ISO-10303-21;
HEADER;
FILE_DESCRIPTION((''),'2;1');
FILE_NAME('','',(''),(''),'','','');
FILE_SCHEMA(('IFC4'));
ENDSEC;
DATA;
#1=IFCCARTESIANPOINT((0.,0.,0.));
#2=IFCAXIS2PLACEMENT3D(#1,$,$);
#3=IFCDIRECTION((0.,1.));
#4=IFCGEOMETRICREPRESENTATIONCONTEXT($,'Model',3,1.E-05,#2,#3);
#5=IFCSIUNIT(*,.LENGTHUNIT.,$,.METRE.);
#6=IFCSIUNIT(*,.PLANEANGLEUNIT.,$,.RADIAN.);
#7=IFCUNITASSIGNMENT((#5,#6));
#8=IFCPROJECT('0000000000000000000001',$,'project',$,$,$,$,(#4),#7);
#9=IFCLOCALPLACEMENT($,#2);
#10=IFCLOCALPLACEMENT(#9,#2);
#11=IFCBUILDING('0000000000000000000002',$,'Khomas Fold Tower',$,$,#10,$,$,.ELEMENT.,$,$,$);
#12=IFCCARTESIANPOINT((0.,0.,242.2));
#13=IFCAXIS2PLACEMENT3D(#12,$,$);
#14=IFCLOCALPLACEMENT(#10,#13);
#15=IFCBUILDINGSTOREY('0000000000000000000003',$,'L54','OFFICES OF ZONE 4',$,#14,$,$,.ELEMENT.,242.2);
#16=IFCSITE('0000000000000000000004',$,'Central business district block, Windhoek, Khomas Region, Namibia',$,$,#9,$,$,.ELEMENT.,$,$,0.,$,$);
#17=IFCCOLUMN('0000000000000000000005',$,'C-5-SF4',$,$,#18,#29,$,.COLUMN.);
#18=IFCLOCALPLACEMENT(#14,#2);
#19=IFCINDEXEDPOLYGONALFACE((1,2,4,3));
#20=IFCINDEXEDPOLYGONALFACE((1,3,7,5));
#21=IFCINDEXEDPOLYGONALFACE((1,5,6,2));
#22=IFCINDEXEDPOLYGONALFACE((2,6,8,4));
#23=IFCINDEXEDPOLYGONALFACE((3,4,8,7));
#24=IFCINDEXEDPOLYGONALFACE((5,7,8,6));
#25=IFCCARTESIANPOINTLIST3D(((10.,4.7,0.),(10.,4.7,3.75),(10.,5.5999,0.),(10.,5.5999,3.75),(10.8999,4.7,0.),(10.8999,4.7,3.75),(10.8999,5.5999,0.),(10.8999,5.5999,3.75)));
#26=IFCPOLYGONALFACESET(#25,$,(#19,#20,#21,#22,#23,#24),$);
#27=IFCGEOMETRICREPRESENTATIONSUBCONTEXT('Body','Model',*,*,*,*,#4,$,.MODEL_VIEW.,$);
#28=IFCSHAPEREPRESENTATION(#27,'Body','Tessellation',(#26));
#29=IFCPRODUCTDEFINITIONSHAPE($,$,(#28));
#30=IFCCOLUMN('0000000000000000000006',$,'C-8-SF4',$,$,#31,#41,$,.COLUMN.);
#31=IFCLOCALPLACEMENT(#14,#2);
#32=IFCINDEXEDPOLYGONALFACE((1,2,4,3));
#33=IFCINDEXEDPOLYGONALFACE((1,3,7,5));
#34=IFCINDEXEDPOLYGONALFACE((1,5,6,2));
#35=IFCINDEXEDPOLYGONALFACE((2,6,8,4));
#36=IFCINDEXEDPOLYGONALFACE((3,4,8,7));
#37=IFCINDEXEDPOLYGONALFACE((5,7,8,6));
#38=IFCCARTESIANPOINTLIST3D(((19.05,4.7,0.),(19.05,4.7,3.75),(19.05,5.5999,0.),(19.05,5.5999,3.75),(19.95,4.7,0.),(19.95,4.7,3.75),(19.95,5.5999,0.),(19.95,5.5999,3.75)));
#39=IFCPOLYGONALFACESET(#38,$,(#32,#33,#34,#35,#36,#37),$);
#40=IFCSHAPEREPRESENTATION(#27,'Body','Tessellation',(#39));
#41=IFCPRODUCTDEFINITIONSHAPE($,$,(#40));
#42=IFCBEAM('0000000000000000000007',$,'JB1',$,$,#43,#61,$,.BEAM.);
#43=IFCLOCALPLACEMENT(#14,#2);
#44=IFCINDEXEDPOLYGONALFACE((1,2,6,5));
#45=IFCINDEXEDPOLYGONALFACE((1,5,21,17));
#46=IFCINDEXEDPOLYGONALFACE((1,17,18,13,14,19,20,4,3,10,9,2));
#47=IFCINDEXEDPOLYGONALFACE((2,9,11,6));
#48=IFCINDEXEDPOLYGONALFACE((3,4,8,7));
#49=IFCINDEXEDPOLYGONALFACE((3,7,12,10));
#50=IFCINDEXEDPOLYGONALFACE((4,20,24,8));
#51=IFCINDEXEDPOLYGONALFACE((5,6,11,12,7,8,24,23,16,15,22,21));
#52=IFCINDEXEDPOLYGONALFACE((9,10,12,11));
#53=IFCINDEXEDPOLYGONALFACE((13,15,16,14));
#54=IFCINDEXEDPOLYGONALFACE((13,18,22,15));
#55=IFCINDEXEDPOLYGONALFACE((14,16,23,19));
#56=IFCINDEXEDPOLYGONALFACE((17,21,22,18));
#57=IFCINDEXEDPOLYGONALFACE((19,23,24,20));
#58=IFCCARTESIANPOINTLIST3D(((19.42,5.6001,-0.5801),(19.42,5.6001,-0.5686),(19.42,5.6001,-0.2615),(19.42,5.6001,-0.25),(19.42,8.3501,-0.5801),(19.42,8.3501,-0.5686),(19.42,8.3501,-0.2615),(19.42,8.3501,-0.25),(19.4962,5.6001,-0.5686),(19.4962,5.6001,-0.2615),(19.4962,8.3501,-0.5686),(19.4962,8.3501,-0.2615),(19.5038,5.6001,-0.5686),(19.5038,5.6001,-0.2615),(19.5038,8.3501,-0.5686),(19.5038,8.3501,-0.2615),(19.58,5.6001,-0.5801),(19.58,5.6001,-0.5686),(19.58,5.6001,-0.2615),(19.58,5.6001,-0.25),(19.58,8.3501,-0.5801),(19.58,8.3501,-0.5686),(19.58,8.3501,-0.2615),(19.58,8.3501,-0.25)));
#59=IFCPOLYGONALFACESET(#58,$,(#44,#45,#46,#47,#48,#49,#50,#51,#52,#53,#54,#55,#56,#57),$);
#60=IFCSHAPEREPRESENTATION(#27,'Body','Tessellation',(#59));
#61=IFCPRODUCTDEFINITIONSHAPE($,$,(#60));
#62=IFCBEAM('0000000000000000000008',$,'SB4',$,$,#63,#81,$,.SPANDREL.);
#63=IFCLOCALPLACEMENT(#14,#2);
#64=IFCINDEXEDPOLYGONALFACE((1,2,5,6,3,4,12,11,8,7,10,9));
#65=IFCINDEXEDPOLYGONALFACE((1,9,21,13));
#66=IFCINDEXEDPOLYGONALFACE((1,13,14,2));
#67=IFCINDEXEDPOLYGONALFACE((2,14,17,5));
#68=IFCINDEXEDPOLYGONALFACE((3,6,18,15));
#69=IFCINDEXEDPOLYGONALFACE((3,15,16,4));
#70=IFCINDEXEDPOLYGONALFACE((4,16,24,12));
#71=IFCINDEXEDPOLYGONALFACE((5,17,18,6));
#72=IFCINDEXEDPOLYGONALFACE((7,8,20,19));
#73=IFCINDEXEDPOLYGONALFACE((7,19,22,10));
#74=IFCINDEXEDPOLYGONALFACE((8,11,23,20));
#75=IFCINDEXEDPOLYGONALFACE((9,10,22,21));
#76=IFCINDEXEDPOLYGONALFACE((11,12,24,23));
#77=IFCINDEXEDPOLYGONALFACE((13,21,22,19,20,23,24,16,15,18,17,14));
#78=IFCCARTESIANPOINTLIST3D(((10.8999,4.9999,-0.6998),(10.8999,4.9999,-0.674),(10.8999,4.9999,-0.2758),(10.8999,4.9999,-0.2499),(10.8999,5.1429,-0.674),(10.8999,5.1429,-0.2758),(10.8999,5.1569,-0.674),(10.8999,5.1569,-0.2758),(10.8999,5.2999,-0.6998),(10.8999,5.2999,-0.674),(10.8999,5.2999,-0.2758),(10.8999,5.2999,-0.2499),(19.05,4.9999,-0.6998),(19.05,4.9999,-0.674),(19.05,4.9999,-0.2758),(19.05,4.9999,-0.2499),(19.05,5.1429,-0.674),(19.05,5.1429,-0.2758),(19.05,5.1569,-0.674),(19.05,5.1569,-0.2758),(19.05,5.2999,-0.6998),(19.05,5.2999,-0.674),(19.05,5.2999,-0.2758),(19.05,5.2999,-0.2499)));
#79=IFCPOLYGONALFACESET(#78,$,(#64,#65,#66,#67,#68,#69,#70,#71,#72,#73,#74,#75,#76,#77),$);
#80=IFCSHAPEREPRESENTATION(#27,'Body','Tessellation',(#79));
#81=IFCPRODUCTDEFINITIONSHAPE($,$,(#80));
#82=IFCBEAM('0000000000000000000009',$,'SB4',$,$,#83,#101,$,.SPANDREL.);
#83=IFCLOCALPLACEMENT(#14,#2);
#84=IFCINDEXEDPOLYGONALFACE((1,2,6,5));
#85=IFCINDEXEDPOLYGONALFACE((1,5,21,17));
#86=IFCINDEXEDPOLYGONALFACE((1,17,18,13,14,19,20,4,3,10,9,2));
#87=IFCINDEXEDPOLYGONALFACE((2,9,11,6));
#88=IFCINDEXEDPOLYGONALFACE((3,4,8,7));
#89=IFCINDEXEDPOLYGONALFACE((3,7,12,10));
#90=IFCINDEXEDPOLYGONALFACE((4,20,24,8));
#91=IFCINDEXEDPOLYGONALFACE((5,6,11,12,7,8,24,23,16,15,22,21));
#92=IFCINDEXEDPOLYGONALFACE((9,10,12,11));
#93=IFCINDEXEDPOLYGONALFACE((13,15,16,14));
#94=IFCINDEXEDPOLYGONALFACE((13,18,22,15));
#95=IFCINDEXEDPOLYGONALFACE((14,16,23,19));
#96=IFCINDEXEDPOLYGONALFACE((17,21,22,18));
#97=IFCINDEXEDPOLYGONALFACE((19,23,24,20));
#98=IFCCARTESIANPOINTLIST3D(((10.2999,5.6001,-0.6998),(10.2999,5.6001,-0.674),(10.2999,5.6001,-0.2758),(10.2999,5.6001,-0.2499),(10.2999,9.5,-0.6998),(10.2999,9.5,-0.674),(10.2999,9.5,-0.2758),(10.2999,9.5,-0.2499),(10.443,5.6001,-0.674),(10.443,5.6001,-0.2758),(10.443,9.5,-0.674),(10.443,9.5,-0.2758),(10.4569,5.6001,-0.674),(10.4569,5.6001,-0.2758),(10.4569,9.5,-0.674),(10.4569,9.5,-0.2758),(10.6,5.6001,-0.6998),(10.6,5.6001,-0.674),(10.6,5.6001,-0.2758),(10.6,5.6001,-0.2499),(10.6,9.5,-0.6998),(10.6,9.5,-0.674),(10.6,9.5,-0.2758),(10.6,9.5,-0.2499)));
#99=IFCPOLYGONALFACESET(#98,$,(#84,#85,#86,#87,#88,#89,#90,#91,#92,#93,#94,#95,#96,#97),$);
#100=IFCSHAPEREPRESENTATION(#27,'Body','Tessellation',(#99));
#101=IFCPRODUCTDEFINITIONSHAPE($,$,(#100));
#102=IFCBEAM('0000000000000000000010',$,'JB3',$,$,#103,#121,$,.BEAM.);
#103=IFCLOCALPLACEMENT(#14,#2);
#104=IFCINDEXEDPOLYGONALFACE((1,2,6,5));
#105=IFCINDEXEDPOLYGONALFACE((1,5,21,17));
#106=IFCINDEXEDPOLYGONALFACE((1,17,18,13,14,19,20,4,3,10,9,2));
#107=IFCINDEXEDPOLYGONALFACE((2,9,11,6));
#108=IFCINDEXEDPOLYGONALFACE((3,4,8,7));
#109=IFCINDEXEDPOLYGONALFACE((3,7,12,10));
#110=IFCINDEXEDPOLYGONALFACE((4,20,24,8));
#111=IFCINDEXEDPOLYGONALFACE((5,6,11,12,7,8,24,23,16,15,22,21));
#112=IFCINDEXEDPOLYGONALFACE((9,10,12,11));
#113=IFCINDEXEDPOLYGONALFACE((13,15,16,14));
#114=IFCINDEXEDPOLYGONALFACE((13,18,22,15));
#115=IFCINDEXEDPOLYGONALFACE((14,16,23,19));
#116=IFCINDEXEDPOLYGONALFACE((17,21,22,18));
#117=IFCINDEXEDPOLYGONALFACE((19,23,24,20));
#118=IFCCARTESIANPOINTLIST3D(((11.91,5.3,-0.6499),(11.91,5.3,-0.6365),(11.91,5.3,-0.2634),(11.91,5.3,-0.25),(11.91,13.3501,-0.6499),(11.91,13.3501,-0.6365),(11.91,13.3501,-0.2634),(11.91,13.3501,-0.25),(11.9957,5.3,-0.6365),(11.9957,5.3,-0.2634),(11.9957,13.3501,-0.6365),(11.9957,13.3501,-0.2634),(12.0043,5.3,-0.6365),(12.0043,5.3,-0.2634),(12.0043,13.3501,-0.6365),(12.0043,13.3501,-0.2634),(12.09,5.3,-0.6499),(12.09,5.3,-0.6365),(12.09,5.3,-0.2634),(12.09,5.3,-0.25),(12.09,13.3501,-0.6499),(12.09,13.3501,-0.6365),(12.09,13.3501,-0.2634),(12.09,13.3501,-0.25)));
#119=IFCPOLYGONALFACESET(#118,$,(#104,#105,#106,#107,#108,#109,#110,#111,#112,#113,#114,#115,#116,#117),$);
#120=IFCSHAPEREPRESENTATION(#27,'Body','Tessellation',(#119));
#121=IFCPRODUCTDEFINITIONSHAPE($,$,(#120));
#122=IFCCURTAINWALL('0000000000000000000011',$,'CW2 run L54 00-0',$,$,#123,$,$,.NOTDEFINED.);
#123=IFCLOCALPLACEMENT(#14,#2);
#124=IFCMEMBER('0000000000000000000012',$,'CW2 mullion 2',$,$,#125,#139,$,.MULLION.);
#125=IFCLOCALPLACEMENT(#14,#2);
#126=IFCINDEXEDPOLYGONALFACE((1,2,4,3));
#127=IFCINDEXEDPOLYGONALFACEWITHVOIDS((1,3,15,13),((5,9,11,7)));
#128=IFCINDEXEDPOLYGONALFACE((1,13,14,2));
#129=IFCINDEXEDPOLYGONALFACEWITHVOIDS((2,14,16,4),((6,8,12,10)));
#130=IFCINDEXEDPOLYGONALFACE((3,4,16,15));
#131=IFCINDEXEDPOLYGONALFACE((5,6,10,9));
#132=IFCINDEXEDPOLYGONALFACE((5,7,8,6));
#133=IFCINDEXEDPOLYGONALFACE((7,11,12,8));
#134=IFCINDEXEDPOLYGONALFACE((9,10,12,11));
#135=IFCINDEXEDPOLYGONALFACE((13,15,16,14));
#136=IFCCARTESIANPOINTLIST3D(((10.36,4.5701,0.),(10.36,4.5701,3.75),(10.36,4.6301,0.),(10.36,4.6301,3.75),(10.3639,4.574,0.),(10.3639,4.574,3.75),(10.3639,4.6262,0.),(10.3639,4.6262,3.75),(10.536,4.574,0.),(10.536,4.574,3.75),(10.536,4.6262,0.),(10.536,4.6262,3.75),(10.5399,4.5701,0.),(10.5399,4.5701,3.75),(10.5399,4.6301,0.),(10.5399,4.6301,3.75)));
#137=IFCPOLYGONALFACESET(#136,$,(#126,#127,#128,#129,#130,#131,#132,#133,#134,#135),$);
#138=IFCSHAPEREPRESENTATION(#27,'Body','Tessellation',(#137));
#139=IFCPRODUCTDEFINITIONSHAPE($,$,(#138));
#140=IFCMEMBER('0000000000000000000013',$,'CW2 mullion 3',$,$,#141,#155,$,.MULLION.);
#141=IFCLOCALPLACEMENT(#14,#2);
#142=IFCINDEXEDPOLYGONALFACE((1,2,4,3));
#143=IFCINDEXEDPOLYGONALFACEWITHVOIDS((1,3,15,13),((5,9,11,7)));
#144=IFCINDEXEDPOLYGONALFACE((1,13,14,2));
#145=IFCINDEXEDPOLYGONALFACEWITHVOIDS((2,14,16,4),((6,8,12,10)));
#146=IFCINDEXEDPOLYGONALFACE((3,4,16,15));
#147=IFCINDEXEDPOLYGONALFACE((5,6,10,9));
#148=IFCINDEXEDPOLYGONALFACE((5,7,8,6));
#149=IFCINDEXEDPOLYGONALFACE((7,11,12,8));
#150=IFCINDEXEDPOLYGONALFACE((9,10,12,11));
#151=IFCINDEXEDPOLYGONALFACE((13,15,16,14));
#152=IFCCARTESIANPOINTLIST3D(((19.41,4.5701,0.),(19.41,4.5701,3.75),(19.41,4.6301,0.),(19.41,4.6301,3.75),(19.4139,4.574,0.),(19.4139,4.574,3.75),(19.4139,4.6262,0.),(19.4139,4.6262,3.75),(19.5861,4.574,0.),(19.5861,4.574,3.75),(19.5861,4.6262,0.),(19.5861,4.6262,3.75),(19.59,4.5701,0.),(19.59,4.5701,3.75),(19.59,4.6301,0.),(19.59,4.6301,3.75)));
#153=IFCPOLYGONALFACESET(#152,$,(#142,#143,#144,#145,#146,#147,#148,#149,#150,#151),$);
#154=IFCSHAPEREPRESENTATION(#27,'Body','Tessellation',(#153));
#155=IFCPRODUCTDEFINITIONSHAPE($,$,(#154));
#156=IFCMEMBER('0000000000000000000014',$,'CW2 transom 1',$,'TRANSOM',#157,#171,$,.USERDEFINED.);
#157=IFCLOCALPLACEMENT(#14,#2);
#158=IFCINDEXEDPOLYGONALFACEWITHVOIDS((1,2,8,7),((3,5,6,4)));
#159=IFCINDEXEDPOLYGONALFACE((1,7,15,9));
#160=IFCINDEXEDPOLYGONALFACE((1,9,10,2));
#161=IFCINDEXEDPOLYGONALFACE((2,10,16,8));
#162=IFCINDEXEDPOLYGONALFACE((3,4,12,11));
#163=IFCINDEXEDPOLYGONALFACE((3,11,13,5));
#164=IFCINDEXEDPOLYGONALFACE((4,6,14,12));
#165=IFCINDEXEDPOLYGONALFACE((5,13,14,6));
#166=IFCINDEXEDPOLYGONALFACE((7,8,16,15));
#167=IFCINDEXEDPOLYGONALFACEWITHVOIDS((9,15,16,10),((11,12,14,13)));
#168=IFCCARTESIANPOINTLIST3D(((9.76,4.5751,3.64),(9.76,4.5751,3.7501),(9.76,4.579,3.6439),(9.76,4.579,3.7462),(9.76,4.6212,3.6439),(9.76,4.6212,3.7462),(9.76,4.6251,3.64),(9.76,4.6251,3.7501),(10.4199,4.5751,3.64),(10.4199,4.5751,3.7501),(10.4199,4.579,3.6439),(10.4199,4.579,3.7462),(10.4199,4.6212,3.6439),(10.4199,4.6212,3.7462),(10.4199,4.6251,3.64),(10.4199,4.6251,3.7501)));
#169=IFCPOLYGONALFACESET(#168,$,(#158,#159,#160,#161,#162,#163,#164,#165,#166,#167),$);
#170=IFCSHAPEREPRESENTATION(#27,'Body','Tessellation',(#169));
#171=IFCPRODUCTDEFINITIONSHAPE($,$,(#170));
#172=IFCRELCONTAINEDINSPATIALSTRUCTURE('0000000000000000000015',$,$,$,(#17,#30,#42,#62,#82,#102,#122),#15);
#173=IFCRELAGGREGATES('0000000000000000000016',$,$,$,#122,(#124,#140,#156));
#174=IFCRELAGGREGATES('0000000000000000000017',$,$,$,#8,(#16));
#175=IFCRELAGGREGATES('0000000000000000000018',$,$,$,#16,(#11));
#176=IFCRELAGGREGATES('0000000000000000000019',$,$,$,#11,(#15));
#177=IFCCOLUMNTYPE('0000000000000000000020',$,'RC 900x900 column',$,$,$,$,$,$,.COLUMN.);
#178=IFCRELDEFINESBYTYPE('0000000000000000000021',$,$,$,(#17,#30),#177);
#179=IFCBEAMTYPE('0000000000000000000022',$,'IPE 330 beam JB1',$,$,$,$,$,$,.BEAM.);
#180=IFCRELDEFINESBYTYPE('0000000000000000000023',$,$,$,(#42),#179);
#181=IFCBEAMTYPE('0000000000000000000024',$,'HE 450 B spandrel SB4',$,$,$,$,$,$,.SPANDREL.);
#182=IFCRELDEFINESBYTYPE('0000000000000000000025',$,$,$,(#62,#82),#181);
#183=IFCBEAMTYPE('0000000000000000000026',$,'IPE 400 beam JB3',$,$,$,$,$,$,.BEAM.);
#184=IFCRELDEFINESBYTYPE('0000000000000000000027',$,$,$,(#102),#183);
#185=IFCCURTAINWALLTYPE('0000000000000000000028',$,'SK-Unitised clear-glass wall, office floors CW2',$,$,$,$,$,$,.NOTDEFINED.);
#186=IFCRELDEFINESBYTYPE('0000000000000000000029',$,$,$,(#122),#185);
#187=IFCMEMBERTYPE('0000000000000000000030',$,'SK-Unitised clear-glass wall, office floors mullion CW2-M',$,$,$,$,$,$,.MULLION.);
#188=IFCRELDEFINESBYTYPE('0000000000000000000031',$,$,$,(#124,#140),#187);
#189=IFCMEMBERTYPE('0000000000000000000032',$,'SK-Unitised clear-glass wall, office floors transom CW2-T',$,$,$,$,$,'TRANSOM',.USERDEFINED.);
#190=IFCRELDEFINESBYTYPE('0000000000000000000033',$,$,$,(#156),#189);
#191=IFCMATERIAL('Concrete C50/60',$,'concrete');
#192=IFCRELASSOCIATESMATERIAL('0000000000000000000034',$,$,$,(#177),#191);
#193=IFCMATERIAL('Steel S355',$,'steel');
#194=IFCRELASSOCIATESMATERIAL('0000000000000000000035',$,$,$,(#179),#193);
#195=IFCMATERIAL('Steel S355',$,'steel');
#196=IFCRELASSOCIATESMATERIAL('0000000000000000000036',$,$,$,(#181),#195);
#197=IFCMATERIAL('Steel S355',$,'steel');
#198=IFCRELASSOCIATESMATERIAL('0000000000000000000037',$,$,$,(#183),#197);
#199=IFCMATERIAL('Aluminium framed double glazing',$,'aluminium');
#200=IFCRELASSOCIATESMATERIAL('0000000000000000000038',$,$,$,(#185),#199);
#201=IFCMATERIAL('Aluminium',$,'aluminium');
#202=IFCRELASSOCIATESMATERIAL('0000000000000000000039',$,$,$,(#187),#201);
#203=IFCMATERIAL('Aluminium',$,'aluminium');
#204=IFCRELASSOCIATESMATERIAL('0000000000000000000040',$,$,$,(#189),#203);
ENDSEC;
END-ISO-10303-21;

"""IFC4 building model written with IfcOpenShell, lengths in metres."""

from ifc_helpers import new_model, si_unit, direction, frame, origin, origin_2d, place, context, subcontext, project, spatial, rectangle, hollow_rectangle, i_section, extrude, source, transform, mapped, material, material_profile, profile_set, type_object, element, aggregate, save


model = new_model("IFC4")

# Units and contexts
model_context = context("Model", 3, precision=1e-05, world=origin(), true_north=direction((0.0, 1.0)))
body_context = subcontext(model_context, "Body", "Model", "MODEL_VIEW")
ifc_project = project(units=[si_unit("LENGTHUNIT", "METRE"), si_unit("PLANEANGLEUNIT", "RADIAN")], contexts=[model_context])

# Site, building, storey
site_placement = place(None, origin())
site = spatial("IfcSite", under=ifc_project, at=site_placement, Name="Central business district block, Windhoek, Khomas Region, Namibia", CompositionType="ELEMENT", RefElevation=0.0)
building_placement = place(site_placement, origin())
building = spatial("IfcBuilding", under=site, at=building_placement, Name="Khomas Fold Tower", CompositionType="ELEMENT")
storey_placement = place(building_placement, frame((0.0, 0.0, 242.2)))
storey = spatial("IfcBuildingStorey", under=building, at=storey_placement, Name="L54", Description="OFFICES OF ZONE 4", CompositionType="ELEMENT", Elevation=242.2)

# Columns
ifc_material_1 = material(Name="Concrete C50/60", Category="concrete")
ifc_material_profile_1 = material_profile(ifc_material_1, rectangle(XDim=0.8999, YDim=0.8999, at=origin_2d()), Name="RC 900x900")
ifc_profile_set_1 = profile_set([ifc_material_profile_1], Name="Concrete C50/60")
column_type = type_object("IfcColumnType", Name="RC 900x900 column", PredefinedType="COLUMN", material=ifc_profile_set_1)
shared_shape_1 = source(origin(), body_context, "Body", "SweptSolid", [
    extrude(rectangle(XDim=0.8999, YDim=0.8999, at=origin_2d()), origin(), (0.0, 0.0, 1.0), 3.75),
])
for number, where, z_axis, x_axis, name in (
    (1, (10.45, 5.1499, 0.0), (0.0, 0.0, 1.0), (1.0, 0.0, 0.0), "C-5-SF4"),
    (2, (19.5, 5.1499, 0.0), (0.0, 0.0, 1.0), (1.0, 0.0, 0.0), "C-8-SF4"),
):
    element("IfcColumn", number, at=place(storey_placement, frame(where, z_axis=z_axis, x_axis=x_axis)), inside=storey, type_object=column_type, Name=name, PredefinedType="COLUMN", context=body_context, shape_type="MappedRepresentation", body=[
        mapped(shared_shape_1, transform((0.0, 0.0, 0.0))),
    ])

# Beams
ifc_material_2 = material(Name="Steel S355", Category="steel")
ifc_material_profile_2 = material_profile(ifc_material_2, i_section(OverallWidth=0.1599, OverallDepth=0.3301, WebThickness=0.0076, FlangeThickness=0.0115, at=origin_2d()), Name="IPE 330")
ifc_profile_set_2 = profile_set([ifc_material_profile_2], Name="Steel S355")
beam_type_1 = type_object("IfcBeamType", Name="IPE 330 beam JB1", PredefinedType="BEAM", material=ifc_profile_set_2)
shared_shape_2 = source(origin(), body_context, "Body", "SweptSolid", [
    extrude(i_section(OverallWidth=0.1599, OverallDepth=0.3301, WebThickness=0.0076, FlangeThickness=0.0115, at=origin_2d()), origin(), (0.0, 0.0, 1.0), 2.75),
])
beam_1_placement = place(storey_placement, frame((19.5, 5.6001, -0.415), z_axis=(0.0, 1.0, 0.0), x_axis=(-1.0, 0.0, 0.0)))
element("IfcBeam", 3, at=beam_1_placement, inside=storey, type_object=beam_type_1, Name="JB1", PredefinedType="BEAM", context=body_context, shape_type="MappedRepresentation", body=[
    mapped(shared_shape_2, transform((0.0, 0.0, 0.0))),
])
ifc_material_3 = material(Name="Steel S355", Category="steel")
ifc_material_profile_3 = material_profile(ifc_material_3, i_section(OverallWidth=0.3, OverallDepth=0.45, WebThickness=0.0139, FlangeThickness=0.0259, at=origin_2d()), Name="HE 450 B")
ifc_profile_set_3 = profile_set([ifc_material_profile_3], Name="Steel S355")
beam_type_2 = type_object("IfcBeamType", Name="HE 450 B spandrel SB4", PredefinedType="SPANDREL", material=ifc_profile_set_3)
shared_shape_3 = source(origin(), body_context, "Body", "SweptSolid", [
    extrude(i_section(OverallWidth=0.3, OverallDepth=0.45, WebThickness=0.0139, FlangeThickness=0.0259, at=origin_2d()), origin(), (0.0, 0.0, 1.0), 8.1501),
])
beam_2_placement = place(storey_placement, frame((10.8999, 5.1499, -0.4749), z_axis=(1.0, 0.0, 0.0), x_axis=(0.0, 1.0, 0.0)))
element("IfcBeam", 4, at=beam_2_placement, inside=storey, type_object=beam_type_2, Name="SB4", PredefinedType="SPANDREL", context=body_context, shape_type="MappedRepresentation", body=[
    mapped(shared_shape_3, transform((0.0, 0.0, 0.0))),
])
shared_shape_4 = source(origin(), body_context, "Body", "SweptSolid", [
    extrude(i_section(OverallWidth=0.3, OverallDepth=0.45, WebThickness=0.0139, FlangeThickness=0.0259, at=origin_2d()), origin(), (0.0, 0.0, 1.0), 3.8999),
])
beam_3_placement = place(storey_placement, frame((10.45, 5.6001, -0.4749), z_axis=(0.0, 1.0, 0.0), x_axis=(-1.0, 0.0, 0.0)))
element("IfcBeam", 5, at=beam_3_placement, inside=storey, type_object=beam_type_2, Name="SB4", PredefinedType="SPANDREL", context=body_context, shape_type="MappedRepresentation", body=[
    mapped(shared_shape_4, transform((0.0, 0.0, 0.0))),
])
ifc_material_4 = material(Name="Steel S355", Category="steel")
ifc_material_profile_4 = material_profile(ifc_material_4, i_section(OverallWidth=0.1799, OverallDepth=0.3999, WebThickness=0.0085, FlangeThickness=0.0134, at=origin_2d()), Name="IPE 400")
ifc_profile_set_4 = profile_set([ifc_material_profile_4], Name="Steel S355")
beam_type_3 = type_object("IfcBeamType", Name="IPE 400 beam JB3", PredefinedType="BEAM", material=ifc_profile_set_4)
shared_shape_5 = source(origin(), body_context, "Body", "SweptSolid", [
    extrude(i_section(OverallWidth=0.1799, OverallDepth=0.3999, WebThickness=0.0085, FlangeThickness=0.0134, at=origin_2d()), origin(), (0.0, 0.0, 1.0), 8.05),
])
beam_4_placement = place(storey_placement, frame((12.0, 5.3, -0.45), z_axis=(0.0, 1.0, 0.0), x_axis=(-1.0, 0.0, 0.0)))
element("IfcBeam", 6, at=beam_4_placement, inside=storey, type_object=beam_type_3, Name="JB3", PredefinedType="BEAM", context=body_context, shape_type="MappedRepresentation", body=[
    mapped(shared_shape_5, transform((0.0, 0.0, 0.0))),
])

# Curtain wall, members
ifc_material_5 = material(Name="Aluminium framed double glazing", Category="aluminium")
curtain_wall_type = type_object("IfcCurtainWallType", Name="SK-Unitised clear-glass wall, office floors CW2", PredefinedType="NOTDEFINED", material=ifc_material_5)
curtain_wall_placement = place(storey_placement, origin())
curtain_wall = element("IfcCurtainWall", 7, at=curtain_wall_placement, inside=storey, type_object=curtain_wall_type, Name="CW2 run L54 00-0", PredefinedType="NOTDEFINED")
ifc_material_6 = material(Name="Aluminium", Category="aluminium")
ifc_material_profile_5 = material_profile(ifc_material_6, hollow_rectangle(XDim=0.0601, YDim=0.1799, WallThickness=0.0039, at=origin_2d()), Name="SK-Unitised clear-glass wall, office floors mullion CW2-M")
ifc_profile_set_5 = profile_set([ifc_material_profile_5], Name="Aluminium")
member_type_1 = type_object("IfcMemberType", Name="SK-Unitised clear-glass wall, office floors mullion CW2-M", PredefinedType="MULLION", material=ifc_profile_set_5)
shared_shape_6 = source(origin(), body_context, "Body", "SweptSolid", [
    extrude(hollow_rectangle(XDim=0.0601, YDim=0.1799, WallThickness=0.0039, at=origin_2d()), origin(), (0.0, 0.0, 1.0), 3.75),
])
member_1_placement = place(storey_placement, frame((10.45, 4.6001, 0.0), z_axis=(0.0, 0.0, 1.0), x_axis=(0.0, 1.0, 0.0)))
member_1 = element("IfcMember", 8, at=member_1_placement, type_object=member_type_1, Name="CW2 mullion 2", PredefinedType="MULLION", context=body_context, shape_type="MappedRepresentation", body=[
    mapped(shared_shape_6, transform((0.0, 0.0, 0.0))),
])
member_2_placement = place(storey_placement, frame((19.5, 4.6001, 0.0), z_axis=(0.0, 0.0, 1.0), x_axis=(0.0, 1.0, 0.0)))
member_2 = element("IfcMember", 9, at=member_2_placement, type_object=member_type_1, Name="CW2 mullion 3", PredefinedType="MULLION", context=body_context, shape_type="MappedRepresentation", body=[
    mapped(shared_shape_6, transform((0.0, 0.0, 0.0))),
])
ifc_material_7 = material(Name="Aluminium", Category="aluminium")
ifc_material_profile_6 = material_profile(ifc_material_7, hollow_rectangle(XDim=0.05, YDim=0.1101, WallThickness=0.0039, at=origin_2d()), Name="SK-Unitised clear-glass wall, office floors transom CW2-T")
ifc_profile_set_6 = profile_set([ifc_material_profile_6], Name="Aluminium")
member_type_2 = type_object("IfcMemberType", Name="SK-Unitised clear-glass wall, office floors transom CW2-T", ElementType="TRANSOM", PredefinedType="USERDEFINED", material=ifc_profile_set_6)
shared_shape_7 = source(origin(), body_context, "Body", "SweptSolid", [
    extrude(hollow_rectangle(XDim=0.05, YDim=0.1101, WallThickness=0.0039, at=origin_2d()), origin(), (0.0, 0.0, 1.0), 0.6599),
])
member_3_placement = place(storey_placement, frame((9.76, 4.6001, 3.6951), z_axis=(1.0, 0.0, 0.0), x_axis=(0.0, 1.0, 0.0)))
member_3 = element("IfcMember", 10, at=member_3_placement, type_object=member_type_2, Name="CW2 transom 1", ObjectType="TRANSOM", PredefinedType="USERDEFINED", context=body_context, shape_type="MappedRepresentation", body=[
    mapped(shared_shape_7, transform((0.0, 0.0, 0.0))),
])
aggregate(curtain_wall, [member_1, member_2, member_3])

save(model, "model.ifc")
